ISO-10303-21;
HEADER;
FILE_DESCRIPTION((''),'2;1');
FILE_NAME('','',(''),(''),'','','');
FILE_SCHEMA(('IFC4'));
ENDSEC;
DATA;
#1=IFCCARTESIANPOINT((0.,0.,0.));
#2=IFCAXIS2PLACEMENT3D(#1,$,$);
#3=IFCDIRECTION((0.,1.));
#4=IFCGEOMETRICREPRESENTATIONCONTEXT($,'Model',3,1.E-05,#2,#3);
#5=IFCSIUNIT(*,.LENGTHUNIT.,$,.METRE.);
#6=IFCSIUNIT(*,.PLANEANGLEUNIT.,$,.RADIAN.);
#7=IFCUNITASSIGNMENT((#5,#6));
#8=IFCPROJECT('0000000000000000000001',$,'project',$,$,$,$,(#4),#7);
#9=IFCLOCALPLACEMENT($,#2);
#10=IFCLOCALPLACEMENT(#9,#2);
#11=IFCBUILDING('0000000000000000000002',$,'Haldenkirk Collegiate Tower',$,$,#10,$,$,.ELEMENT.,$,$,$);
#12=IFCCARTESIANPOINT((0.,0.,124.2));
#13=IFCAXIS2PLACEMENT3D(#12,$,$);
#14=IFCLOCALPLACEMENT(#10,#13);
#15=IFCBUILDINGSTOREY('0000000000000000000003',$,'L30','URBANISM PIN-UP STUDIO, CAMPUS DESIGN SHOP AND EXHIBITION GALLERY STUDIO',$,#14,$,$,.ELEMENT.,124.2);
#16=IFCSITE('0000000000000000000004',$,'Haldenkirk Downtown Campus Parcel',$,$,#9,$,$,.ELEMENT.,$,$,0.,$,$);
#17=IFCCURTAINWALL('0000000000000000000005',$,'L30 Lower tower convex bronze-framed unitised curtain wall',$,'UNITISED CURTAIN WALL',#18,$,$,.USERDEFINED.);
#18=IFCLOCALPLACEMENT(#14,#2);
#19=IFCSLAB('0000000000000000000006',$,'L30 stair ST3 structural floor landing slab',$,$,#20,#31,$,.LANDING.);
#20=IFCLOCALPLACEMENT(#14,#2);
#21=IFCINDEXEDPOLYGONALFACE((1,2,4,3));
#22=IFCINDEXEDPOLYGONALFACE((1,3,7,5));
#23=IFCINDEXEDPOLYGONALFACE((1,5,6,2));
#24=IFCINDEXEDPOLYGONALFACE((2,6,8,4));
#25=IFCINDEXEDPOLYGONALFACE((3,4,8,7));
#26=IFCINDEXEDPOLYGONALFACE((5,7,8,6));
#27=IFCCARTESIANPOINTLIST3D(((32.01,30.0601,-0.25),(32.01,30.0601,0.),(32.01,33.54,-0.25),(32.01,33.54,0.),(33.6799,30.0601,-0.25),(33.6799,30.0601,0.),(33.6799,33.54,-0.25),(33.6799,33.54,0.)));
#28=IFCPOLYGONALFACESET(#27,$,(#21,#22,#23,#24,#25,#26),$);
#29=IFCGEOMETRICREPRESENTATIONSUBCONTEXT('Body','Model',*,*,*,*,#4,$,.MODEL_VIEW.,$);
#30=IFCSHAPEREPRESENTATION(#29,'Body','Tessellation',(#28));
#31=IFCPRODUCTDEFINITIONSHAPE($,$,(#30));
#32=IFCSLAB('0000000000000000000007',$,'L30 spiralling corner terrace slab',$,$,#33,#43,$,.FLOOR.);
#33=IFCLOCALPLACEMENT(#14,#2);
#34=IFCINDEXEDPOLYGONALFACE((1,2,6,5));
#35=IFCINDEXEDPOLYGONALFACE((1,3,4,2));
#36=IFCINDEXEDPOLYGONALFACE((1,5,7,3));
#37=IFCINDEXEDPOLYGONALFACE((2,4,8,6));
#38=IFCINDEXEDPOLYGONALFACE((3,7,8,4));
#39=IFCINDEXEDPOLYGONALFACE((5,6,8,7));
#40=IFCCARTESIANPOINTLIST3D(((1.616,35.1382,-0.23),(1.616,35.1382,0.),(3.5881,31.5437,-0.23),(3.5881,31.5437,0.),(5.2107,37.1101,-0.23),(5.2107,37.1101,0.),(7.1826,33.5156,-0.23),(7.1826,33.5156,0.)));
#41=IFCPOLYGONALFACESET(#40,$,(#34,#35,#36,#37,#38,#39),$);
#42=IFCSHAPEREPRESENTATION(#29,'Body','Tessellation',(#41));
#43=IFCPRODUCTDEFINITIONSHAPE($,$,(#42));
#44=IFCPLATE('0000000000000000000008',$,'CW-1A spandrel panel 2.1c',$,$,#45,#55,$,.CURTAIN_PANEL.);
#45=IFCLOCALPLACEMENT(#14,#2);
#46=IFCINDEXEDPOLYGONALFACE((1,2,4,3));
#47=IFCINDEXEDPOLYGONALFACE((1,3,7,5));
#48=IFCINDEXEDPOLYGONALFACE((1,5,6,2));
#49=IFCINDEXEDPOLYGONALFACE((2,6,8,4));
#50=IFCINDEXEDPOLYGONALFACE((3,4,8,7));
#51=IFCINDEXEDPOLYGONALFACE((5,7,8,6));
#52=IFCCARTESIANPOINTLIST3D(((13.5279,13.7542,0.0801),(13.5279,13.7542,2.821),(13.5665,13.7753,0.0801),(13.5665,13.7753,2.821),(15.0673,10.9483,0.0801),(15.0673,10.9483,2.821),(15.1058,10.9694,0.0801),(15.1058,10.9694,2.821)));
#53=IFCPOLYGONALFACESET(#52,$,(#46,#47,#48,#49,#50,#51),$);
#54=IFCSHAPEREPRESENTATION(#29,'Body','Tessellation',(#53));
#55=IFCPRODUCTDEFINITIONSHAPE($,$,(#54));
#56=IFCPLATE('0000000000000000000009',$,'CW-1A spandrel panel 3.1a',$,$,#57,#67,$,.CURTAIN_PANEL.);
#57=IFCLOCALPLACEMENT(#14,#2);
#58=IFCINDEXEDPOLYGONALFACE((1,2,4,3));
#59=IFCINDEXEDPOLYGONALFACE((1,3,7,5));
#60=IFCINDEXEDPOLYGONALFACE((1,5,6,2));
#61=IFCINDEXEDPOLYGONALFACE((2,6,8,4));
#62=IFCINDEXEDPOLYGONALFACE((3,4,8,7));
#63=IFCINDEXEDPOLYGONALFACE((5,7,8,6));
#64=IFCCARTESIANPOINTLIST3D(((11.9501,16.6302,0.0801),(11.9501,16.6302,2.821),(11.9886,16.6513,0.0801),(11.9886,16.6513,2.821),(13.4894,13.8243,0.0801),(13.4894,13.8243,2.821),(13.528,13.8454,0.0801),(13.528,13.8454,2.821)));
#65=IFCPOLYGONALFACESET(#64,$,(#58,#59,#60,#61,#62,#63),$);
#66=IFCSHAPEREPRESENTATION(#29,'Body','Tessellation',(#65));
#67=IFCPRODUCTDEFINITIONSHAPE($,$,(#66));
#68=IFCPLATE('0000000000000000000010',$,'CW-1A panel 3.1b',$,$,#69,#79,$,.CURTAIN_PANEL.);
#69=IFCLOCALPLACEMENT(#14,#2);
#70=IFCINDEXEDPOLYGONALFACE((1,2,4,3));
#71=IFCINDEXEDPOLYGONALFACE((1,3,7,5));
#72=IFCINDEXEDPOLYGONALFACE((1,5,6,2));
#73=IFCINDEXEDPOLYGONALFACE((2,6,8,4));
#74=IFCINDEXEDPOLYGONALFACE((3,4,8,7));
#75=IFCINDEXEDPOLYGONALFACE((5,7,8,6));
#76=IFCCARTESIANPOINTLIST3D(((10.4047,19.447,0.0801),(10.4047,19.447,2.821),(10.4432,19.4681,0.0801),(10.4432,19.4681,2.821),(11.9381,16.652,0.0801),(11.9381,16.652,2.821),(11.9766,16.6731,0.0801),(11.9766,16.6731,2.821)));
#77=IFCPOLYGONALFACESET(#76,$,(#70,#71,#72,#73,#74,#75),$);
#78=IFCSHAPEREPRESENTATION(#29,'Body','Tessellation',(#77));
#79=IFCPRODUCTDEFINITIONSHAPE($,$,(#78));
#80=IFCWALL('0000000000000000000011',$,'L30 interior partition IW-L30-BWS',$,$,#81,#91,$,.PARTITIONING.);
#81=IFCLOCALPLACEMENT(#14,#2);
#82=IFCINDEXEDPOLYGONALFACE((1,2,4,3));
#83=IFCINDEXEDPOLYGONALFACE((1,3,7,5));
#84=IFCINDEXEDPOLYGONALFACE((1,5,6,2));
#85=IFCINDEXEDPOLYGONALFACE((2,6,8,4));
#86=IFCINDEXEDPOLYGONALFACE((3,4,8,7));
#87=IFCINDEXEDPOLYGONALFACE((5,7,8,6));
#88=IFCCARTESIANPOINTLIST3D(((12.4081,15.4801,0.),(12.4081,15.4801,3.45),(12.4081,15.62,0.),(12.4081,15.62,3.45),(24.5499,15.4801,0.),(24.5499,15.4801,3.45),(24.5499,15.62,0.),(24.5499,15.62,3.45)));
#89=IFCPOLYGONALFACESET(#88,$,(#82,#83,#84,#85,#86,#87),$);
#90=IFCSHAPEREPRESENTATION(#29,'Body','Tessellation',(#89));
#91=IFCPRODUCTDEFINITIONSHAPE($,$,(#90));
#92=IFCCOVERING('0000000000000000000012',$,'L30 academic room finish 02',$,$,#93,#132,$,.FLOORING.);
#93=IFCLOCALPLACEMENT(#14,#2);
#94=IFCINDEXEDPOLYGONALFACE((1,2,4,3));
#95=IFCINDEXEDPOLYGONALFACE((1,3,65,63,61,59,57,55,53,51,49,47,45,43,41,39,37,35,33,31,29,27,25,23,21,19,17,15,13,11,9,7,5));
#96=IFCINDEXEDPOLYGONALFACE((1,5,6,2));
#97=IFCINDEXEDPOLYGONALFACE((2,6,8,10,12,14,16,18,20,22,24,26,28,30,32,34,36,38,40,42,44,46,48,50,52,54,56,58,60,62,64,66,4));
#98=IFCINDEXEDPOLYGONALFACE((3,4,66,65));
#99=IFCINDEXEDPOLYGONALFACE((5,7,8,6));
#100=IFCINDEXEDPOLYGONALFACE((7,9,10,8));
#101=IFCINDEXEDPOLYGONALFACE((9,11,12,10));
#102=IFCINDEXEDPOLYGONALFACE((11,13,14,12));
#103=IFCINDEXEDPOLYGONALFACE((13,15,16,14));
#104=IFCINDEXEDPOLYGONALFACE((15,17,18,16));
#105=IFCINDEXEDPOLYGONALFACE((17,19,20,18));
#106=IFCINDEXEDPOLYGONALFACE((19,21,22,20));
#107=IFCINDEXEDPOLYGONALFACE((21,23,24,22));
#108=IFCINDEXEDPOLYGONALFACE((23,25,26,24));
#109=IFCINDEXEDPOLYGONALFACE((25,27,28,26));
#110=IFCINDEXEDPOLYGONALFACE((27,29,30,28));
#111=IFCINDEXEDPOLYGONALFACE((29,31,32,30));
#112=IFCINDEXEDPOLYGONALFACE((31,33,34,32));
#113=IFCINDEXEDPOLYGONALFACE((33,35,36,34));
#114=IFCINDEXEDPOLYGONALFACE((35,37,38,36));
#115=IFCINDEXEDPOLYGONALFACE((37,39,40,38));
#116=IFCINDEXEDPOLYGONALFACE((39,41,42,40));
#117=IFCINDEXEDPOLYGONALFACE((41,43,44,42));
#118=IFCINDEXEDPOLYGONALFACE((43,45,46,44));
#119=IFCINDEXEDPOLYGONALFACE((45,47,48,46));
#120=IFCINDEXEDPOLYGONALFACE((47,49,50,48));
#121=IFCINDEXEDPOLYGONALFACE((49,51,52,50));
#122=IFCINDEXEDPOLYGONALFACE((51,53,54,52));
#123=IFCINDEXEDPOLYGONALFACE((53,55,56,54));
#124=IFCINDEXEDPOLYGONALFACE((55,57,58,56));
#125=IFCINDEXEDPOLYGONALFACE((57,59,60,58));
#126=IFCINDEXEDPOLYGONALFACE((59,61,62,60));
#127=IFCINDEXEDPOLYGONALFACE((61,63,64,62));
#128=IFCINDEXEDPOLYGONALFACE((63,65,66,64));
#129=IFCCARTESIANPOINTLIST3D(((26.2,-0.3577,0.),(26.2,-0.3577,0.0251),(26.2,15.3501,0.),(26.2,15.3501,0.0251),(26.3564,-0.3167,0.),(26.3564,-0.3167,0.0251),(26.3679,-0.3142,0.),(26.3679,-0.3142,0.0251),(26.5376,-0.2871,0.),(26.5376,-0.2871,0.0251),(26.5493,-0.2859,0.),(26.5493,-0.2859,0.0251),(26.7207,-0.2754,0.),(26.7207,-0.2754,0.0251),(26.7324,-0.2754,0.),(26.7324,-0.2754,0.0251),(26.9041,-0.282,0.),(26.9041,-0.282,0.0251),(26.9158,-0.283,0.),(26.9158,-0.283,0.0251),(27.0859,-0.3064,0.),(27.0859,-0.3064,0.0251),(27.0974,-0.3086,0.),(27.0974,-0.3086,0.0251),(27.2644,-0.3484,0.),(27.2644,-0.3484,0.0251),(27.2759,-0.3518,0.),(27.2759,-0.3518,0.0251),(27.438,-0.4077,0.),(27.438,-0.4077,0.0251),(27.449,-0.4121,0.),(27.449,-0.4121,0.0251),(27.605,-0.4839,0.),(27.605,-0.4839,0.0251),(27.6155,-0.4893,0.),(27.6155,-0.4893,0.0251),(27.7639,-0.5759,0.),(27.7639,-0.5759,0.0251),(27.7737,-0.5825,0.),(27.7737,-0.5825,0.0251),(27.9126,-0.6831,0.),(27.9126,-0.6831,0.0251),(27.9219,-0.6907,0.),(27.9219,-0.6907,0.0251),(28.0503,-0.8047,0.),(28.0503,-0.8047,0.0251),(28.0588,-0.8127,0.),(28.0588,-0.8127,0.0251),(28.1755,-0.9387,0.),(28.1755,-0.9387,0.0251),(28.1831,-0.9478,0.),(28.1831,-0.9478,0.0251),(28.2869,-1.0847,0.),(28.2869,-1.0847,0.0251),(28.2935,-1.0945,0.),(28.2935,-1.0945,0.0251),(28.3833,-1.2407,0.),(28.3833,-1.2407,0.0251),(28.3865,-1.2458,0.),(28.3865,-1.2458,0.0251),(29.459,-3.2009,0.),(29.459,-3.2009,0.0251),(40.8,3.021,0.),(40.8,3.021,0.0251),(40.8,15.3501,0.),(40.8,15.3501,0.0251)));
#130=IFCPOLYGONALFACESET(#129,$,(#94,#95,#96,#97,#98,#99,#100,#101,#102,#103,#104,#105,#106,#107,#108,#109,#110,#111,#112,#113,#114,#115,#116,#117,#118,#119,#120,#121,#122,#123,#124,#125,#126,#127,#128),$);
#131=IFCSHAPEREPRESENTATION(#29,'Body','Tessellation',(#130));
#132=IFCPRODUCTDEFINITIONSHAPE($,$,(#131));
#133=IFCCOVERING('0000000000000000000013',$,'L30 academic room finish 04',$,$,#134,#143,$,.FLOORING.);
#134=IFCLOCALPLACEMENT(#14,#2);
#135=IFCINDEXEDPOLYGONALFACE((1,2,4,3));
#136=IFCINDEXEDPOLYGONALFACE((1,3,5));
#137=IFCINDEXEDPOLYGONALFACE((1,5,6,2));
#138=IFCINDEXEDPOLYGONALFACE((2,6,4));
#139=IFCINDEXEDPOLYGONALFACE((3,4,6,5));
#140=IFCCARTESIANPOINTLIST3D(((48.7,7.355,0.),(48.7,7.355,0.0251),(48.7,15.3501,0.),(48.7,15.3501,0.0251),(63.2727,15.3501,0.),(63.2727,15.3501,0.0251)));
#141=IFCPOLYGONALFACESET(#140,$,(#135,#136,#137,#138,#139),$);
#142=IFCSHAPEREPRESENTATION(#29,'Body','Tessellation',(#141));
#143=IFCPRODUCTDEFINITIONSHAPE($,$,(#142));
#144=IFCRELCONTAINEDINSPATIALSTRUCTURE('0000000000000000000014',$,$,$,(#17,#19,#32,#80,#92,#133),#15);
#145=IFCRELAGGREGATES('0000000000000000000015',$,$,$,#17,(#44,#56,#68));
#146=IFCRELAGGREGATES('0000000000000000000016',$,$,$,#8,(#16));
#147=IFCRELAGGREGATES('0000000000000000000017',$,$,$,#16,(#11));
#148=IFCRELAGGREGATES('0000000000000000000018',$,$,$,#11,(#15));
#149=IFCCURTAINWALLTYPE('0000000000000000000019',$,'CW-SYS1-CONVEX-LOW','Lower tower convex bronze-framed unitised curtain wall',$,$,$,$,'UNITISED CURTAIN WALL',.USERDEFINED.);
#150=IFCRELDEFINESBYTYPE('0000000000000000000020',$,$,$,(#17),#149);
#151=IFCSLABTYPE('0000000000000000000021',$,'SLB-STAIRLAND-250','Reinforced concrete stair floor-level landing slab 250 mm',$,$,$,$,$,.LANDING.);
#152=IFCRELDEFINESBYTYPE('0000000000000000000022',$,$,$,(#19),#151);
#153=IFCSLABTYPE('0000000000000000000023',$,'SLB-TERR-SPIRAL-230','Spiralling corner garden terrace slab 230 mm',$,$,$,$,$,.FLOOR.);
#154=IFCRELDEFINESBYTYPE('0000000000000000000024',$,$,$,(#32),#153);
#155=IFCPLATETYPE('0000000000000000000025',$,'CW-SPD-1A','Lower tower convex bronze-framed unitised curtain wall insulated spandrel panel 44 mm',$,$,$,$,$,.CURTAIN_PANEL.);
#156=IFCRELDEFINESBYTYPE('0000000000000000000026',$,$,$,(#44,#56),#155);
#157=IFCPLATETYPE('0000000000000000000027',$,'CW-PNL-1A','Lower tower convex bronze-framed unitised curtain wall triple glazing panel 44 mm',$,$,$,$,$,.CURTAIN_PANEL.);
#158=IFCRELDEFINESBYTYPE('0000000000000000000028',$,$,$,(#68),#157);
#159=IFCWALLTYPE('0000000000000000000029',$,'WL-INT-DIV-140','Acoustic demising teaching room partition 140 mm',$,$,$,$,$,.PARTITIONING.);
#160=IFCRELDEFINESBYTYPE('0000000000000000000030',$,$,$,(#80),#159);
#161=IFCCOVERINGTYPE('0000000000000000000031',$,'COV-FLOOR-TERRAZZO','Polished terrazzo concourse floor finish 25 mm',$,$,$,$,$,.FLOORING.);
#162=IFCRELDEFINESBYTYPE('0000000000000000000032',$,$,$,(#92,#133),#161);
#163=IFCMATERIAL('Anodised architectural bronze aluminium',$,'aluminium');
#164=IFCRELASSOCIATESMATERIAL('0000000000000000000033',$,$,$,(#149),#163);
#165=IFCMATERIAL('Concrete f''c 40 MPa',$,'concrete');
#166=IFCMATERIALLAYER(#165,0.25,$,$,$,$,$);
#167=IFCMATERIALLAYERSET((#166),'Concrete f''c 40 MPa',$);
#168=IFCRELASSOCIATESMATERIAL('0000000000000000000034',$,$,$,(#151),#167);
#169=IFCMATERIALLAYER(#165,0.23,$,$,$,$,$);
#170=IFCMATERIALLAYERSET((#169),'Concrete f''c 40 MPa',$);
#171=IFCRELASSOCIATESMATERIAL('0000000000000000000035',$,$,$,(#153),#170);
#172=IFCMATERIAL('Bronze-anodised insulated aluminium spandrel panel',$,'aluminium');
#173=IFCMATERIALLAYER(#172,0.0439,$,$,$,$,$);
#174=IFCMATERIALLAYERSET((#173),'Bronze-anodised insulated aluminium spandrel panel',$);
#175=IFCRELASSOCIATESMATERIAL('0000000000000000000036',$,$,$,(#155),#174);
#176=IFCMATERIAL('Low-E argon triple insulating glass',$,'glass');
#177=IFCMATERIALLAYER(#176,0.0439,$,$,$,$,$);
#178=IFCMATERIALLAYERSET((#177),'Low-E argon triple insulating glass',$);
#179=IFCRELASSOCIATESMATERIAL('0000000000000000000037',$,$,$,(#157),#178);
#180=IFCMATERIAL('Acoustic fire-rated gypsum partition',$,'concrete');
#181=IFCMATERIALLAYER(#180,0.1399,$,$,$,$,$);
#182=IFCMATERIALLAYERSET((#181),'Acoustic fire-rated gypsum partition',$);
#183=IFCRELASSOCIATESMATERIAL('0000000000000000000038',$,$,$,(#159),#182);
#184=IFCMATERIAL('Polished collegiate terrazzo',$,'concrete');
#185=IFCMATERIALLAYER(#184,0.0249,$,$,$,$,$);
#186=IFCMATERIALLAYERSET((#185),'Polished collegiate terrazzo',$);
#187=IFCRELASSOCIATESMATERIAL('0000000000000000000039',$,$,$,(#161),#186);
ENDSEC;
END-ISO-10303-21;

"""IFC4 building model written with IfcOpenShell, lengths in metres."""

from ifc_helpers import new_model, si_unit, direction, frame, frame_2d, origin, origin_2d, place, context, subcontext, project, spatial, polyline, rectangle, outline, extrude, source, transform, mapped, material, layer, layer_set, type_object, element, aggregate, save


model = new_model("IFC4")

# Units and contexts
model_context = context("Model", 3, precision=1e-05, world=origin(), true_north=direction((0.0, 1.0)))
body_context = subcontext(model_context, "Body", "Model", "MODEL_VIEW")
ifc_project = project(units=[si_unit("LENGTHUNIT", "METRE"), si_unit("PLANEANGLEUNIT", "RADIAN")], contexts=[model_context])

# Site, building, storey
site_placement = place(None, origin())
site = spatial("IfcSite", under=ifc_project, at=site_placement, Name="Haldenkirk Downtown Campus Parcel", CompositionType="ELEMENT", RefElevation=0.0)
building_placement = place(site_placement, origin())
building = spatial("IfcBuilding", under=site, at=building_placement, Name="Haldenkirk Collegiate Tower", CompositionType="ELEMENT")
storey_placement = place(building_placement, frame((0.0, 0.0, 124.2)))
storey = spatial("IfcBuildingStorey", under=building, at=storey_placement, Name="L30", Description="URBANISM PIN-UP STUDIO, CAMPUS DESIGN SHOP AND EXHIBITION GALLERY STUDIO", CompositionType="ELEMENT", Elevation=124.2)

# Curtain wall
ifc_material_1 = material(Name="Anodised architectural bronze aluminium", Category="aluminium")
curtain_wall_type = type_object("IfcCurtainWallType", Name="CW-SYS1-CONVEX-LOW", Description="Lower tower convex bronze-framed unitised curtain wall", ElementType="UNITISED CURTAIN WALL", PredefinedType="USERDEFINED", material=ifc_material_1)
curtain_wall_placement = place(storey_placement, origin())
curtain_wall = element("IfcCurtainWall", 1, at=curtain_wall_placement, inside=storey, type_object=curtain_wall_type, Name="L30 Lower tower convex bronze-framed unitised curtain wall", ObjectType="UNITISED CURTAIN WALL", PredefinedType="USERDEFINED")

# Shared definitions
ifc_material_2 = material(Name="Concrete f'c 40 MPa", Category="concrete")

# Slabs
ifc_layer_1 = layer(ifc_material_2, 0.25)
ifc_layer_set_1 = layer_set([ifc_layer_1], Name="Concrete f'c 40 MPa")
slab_type_1 = type_object("IfcSlabType", Name="SLB-STAIRLAND-250", Description="Reinforced concrete stair floor-level landing slab 250 mm", PredefinedType="LANDING", material=ifc_layer_set_1)
slab_1_placement = place(storey_placement, frame((0.0, 0.0, -0.25)))
element("IfcSlab", 2, at=slab_1_placement, inside=storey, type_object=slab_type_1, Name="L30 stair ST3 structural floor landing slab", PredefinedType="LANDING", context=body_context, shape_type="SweptSolid", body=[
    extrude(outline(polyline([(32.01, 30.0601), (33.6799, 30.0601), (33.6799, 33.54), (32.01, 33.54), (32.01, 30.0601)])), origin(), (0.0, 0.0, 1.0), 0.25),
])
ifc_layer_2 = layer(ifc_material_2, 0.23)
ifc_layer_set_2 = layer_set([ifc_layer_2], Name="Concrete f'c 40 MPa")
slab_type_2 = type_object("IfcSlabType", Name="SLB-TERR-SPIRAL-230", Description="Spiralling corner garden terrace slab 230 mm", PredefinedType="FLOOR", material=ifc_layer_set_2)
slab_2_placement = place(storey_placement, frame((0.0, 0.0, -0.23)))
element("IfcSlab", 3, at=slab_2_placement, inside=storey, type_object=slab_type_2, Name="L30 spiralling corner terrace slab", PredefinedType="FLOOR", context=body_context, shape_type="SweptSolid", body=[
    extrude(outline(polyline([(3.5881, 31.5437), (7.1826, 33.5156), (5.2107, 37.1101), (1.616, 35.1382), (3.5881, 31.5437)])), origin(), (0.0, 0.0, 1.0), 0.23),
])

# Plates
ifc_material_3 = material(Name="Bronze-anodised insulated aluminium spandrel panel", Category="aluminium")
ifc_layer_3 = layer(ifc_material_3, 0.0439)
ifc_layer_set_3 = layer_set([ifc_layer_3], Name="Bronze-anodised insulated aluminium spandrel panel")
plate_type_1 = type_object("IfcPlateType", Name="CW-SPD-1A", Description="Lower tower convex bronze-framed unitised curtain wall insulated spandrel panel 44 mm", PredefinedType="CURTAIN_PANEL", material=ifc_layer_set_3)
shared_shape_1 = source(origin(), body_context, "Body", "SweptSolid", [
    extrude(rectangle(XDim=3.2004, YDim=0.0439, at=origin_2d()), origin(), (0.0, 0.0, 1.0), 2.741),
])
plate_1_placement = place(storey_placement, frame((14.3169, 12.3618, 0.0801), z_axis=(0.0, 0.0, 1.0), x_axis=(-0.480989, 0.876727, 0.0)))
plate_1 = element("IfcPlate", 4, at=plate_1_placement, type_object=plate_type_1, Name="CW-1A spandrel panel 2.1c", PredefinedType="CURTAIN_PANEL", context=body_context, shape_type="MappedRepresentation", body=[
    mapped(shared_shape_1, transform((0.0, 0.0, 0.0), x_axis=(1.0, 0.0, 0.0), y_axis=(0.0, 1.0, 0.0), z_axis=(0.0, 0.0, 1.0), scale=1.0)),
])
plate_2_placement = place(storey_placement, frame((12.739, 15.2378, 0.0801), z_axis=(0.0, 0.0, 1.0), x_axis=(-0.480989, 0.876727, 0.0)))
plate_2 = element("IfcPlate", 5, at=plate_2_placement, type_object=plate_type_1, Name="CW-1A spandrel panel 3.1a", PredefinedType="CURTAIN_PANEL", context=body_context, shape_type="MappedRepresentation", body=[
    mapped(shared_shape_1, transform((0.0, 0.0, 0.0), x_axis=(1.0, 0.0, 0.0), y_axis=(0.0, 1.0, 0.0), z_axis=(0.0, 0.0, 1.0), scale=1.0)),
])
ifc_material_4 = material(Name="Low-E argon triple insulating glass", Category="glass")
ifc_layer_4 = layer(ifc_material_4, 0.0439)
ifc_layer_set_4 = layer_set([ifc_layer_4], Name="Low-E argon triple insulating glass")
plate_type_2 = type_object("IfcPlateType", Name="CW-PNL-1A", Description="Lower tower convex bronze-framed unitised curtain wall triple glazing panel 44 mm", PredefinedType="CURTAIN_PANEL", material=ifc_layer_set_4)
shared_shape_2 = source(origin(), body_context, "Body", "SweptSolid", [
    extrude(rectangle(XDim=3.188, YDim=0.0439, at=origin_2d()), origin(), (0.0, 0.0, 1.0), 2.741),
])
plate_3_placement = place(storey_placement, frame((11.1907, 18.0601, 0.0801), z_axis=(0.0, 0.0, 1.0), x_axis=(-0.480989, 0.876727, 0.0)))
plate_3 = element("IfcPlate", 6, at=plate_3_placement, type_object=plate_type_2, Name="CW-1A panel 3.1b", PredefinedType="CURTAIN_PANEL", context=body_context, shape_type="MappedRepresentation", body=[
    mapped(shared_shape_2, transform((0.0, 0.0, 0.0), x_axis=(1.0, 0.0, 0.0), y_axis=(0.0, 1.0, 0.0), z_axis=(0.0, 0.0, 1.0), scale=1.0)),
])
aggregate(curtain_wall, [plate_1, plate_2, plate_3])

# Wall
ifc_material_5 = material(Name="Acoustic fire-rated gypsum partition", Category="concrete")
ifc_layer_5 = layer(ifc_material_5, 0.1399)
ifc_layer_set_5 = layer_set([ifc_layer_5], Name="Acoustic fire-rated gypsum partition")
wall_type = type_object("IfcWallType", Name="WL-INT-DIV-140", Description="Acoustic demising teaching room partition 140 mm", PredefinedType="PARTITIONING", material=ifc_layer_set_5)
wall_placement = place(storey_placement, frame((12.4082, 15.55, 0.0), z_axis=(0.0, 0.0, 1.0), x_axis=(1.0, 0.0, 0.0)))
element("IfcWall", 7, at=wall_placement, inside=storey, type_object=wall_type, Name="L30 interior partition IW-L30-BWS", PredefinedType="PARTITIONING", context=body_context, shape_type="SweptSolid", body=[
    extrude(rectangle(XDim=12.1418, YDim=0.1399, at=frame_2d((6.0708, 0.0))), origin(), (0.0, 0.0, 1.0), 3.45),
])

# Coverings
ifc_material_6 = material(Name="Polished collegiate terrazzo", Category="concrete")
ifc_layer_6 = layer(ifc_material_6, 0.0249)
ifc_layer_set_6 = layer_set([ifc_layer_6], Name="Polished collegiate terrazzo")
covering_type_1 = type_object("IfcCoveringType", Name="COV-FLOOR-TERRAZZO", Description="Polished terrazzo concourse floor finish 25 mm", PredefinedType="FLOORING", material=ifc_layer_set_6)
covering_1_placement = place(storey_placement, origin())
element("IfcCovering", 8, at=covering_1_placement, inside=storey, type_object=covering_type_1, Name="L30 academic room finish 02", PredefinedType="FLOORING", context=body_context, shape_type="SweptSolid", body=[
    extrude(outline(polyline([(26.2, -0.3577), (26.2, 15.3501), (40.8, 15.3501), (40.8, 3.021), (29.459, -3.2009), (28.3865, -1.2458), (28.3833, -1.2407), (28.2935, -1.0945), (28.2869, -1.0847), (28.1831, -0.9478), (28.1755, -0.9387), (28.0588, -0.8127), (28.0503, -0.8047), (27.9219, -0.6907), (27.9126, -0.6831), (27.7737, -0.5825), (27.7639, -0.5759), (27.6155, -0.4893), (27.605, -0.4839), (27.449, -0.4121), (27.438, -0.4077), (27.2759, -0.3518), (27.2644, -0.3484), (27.0974, -0.3086), (27.0859, -0.3064), (26.9158, -0.283), (26.9041, -0.282), (26.7324, -0.2754), (26.7207, -0.2754), (26.5493, -0.2859), (26.5376, -0.2871), (26.3679, -0.3142), (26.3564, -0.3167), (26.2, -0.3577)])), origin(), (0.0, 0.0, 1.0), 0.0251),
])
covering_2_placement = place(storey_placement, origin())
element("IfcCovering", 9, at=covering_2_placement, inside=storey, type_object=covering_type_1, Name="L30 academic room finish 04", PredefinedType="FLOORING", context=body_context, shape_type="SweptSolid", body=[
    extrude(outline(polyline([(48.7, 7.355), (48.7, 15.3501), (63.2727, 15.3501), (48.7, 7.355)])), origin(), (0.0, 0.0, 1.0), 0.0251),
])

save(model, "model.ifc")
